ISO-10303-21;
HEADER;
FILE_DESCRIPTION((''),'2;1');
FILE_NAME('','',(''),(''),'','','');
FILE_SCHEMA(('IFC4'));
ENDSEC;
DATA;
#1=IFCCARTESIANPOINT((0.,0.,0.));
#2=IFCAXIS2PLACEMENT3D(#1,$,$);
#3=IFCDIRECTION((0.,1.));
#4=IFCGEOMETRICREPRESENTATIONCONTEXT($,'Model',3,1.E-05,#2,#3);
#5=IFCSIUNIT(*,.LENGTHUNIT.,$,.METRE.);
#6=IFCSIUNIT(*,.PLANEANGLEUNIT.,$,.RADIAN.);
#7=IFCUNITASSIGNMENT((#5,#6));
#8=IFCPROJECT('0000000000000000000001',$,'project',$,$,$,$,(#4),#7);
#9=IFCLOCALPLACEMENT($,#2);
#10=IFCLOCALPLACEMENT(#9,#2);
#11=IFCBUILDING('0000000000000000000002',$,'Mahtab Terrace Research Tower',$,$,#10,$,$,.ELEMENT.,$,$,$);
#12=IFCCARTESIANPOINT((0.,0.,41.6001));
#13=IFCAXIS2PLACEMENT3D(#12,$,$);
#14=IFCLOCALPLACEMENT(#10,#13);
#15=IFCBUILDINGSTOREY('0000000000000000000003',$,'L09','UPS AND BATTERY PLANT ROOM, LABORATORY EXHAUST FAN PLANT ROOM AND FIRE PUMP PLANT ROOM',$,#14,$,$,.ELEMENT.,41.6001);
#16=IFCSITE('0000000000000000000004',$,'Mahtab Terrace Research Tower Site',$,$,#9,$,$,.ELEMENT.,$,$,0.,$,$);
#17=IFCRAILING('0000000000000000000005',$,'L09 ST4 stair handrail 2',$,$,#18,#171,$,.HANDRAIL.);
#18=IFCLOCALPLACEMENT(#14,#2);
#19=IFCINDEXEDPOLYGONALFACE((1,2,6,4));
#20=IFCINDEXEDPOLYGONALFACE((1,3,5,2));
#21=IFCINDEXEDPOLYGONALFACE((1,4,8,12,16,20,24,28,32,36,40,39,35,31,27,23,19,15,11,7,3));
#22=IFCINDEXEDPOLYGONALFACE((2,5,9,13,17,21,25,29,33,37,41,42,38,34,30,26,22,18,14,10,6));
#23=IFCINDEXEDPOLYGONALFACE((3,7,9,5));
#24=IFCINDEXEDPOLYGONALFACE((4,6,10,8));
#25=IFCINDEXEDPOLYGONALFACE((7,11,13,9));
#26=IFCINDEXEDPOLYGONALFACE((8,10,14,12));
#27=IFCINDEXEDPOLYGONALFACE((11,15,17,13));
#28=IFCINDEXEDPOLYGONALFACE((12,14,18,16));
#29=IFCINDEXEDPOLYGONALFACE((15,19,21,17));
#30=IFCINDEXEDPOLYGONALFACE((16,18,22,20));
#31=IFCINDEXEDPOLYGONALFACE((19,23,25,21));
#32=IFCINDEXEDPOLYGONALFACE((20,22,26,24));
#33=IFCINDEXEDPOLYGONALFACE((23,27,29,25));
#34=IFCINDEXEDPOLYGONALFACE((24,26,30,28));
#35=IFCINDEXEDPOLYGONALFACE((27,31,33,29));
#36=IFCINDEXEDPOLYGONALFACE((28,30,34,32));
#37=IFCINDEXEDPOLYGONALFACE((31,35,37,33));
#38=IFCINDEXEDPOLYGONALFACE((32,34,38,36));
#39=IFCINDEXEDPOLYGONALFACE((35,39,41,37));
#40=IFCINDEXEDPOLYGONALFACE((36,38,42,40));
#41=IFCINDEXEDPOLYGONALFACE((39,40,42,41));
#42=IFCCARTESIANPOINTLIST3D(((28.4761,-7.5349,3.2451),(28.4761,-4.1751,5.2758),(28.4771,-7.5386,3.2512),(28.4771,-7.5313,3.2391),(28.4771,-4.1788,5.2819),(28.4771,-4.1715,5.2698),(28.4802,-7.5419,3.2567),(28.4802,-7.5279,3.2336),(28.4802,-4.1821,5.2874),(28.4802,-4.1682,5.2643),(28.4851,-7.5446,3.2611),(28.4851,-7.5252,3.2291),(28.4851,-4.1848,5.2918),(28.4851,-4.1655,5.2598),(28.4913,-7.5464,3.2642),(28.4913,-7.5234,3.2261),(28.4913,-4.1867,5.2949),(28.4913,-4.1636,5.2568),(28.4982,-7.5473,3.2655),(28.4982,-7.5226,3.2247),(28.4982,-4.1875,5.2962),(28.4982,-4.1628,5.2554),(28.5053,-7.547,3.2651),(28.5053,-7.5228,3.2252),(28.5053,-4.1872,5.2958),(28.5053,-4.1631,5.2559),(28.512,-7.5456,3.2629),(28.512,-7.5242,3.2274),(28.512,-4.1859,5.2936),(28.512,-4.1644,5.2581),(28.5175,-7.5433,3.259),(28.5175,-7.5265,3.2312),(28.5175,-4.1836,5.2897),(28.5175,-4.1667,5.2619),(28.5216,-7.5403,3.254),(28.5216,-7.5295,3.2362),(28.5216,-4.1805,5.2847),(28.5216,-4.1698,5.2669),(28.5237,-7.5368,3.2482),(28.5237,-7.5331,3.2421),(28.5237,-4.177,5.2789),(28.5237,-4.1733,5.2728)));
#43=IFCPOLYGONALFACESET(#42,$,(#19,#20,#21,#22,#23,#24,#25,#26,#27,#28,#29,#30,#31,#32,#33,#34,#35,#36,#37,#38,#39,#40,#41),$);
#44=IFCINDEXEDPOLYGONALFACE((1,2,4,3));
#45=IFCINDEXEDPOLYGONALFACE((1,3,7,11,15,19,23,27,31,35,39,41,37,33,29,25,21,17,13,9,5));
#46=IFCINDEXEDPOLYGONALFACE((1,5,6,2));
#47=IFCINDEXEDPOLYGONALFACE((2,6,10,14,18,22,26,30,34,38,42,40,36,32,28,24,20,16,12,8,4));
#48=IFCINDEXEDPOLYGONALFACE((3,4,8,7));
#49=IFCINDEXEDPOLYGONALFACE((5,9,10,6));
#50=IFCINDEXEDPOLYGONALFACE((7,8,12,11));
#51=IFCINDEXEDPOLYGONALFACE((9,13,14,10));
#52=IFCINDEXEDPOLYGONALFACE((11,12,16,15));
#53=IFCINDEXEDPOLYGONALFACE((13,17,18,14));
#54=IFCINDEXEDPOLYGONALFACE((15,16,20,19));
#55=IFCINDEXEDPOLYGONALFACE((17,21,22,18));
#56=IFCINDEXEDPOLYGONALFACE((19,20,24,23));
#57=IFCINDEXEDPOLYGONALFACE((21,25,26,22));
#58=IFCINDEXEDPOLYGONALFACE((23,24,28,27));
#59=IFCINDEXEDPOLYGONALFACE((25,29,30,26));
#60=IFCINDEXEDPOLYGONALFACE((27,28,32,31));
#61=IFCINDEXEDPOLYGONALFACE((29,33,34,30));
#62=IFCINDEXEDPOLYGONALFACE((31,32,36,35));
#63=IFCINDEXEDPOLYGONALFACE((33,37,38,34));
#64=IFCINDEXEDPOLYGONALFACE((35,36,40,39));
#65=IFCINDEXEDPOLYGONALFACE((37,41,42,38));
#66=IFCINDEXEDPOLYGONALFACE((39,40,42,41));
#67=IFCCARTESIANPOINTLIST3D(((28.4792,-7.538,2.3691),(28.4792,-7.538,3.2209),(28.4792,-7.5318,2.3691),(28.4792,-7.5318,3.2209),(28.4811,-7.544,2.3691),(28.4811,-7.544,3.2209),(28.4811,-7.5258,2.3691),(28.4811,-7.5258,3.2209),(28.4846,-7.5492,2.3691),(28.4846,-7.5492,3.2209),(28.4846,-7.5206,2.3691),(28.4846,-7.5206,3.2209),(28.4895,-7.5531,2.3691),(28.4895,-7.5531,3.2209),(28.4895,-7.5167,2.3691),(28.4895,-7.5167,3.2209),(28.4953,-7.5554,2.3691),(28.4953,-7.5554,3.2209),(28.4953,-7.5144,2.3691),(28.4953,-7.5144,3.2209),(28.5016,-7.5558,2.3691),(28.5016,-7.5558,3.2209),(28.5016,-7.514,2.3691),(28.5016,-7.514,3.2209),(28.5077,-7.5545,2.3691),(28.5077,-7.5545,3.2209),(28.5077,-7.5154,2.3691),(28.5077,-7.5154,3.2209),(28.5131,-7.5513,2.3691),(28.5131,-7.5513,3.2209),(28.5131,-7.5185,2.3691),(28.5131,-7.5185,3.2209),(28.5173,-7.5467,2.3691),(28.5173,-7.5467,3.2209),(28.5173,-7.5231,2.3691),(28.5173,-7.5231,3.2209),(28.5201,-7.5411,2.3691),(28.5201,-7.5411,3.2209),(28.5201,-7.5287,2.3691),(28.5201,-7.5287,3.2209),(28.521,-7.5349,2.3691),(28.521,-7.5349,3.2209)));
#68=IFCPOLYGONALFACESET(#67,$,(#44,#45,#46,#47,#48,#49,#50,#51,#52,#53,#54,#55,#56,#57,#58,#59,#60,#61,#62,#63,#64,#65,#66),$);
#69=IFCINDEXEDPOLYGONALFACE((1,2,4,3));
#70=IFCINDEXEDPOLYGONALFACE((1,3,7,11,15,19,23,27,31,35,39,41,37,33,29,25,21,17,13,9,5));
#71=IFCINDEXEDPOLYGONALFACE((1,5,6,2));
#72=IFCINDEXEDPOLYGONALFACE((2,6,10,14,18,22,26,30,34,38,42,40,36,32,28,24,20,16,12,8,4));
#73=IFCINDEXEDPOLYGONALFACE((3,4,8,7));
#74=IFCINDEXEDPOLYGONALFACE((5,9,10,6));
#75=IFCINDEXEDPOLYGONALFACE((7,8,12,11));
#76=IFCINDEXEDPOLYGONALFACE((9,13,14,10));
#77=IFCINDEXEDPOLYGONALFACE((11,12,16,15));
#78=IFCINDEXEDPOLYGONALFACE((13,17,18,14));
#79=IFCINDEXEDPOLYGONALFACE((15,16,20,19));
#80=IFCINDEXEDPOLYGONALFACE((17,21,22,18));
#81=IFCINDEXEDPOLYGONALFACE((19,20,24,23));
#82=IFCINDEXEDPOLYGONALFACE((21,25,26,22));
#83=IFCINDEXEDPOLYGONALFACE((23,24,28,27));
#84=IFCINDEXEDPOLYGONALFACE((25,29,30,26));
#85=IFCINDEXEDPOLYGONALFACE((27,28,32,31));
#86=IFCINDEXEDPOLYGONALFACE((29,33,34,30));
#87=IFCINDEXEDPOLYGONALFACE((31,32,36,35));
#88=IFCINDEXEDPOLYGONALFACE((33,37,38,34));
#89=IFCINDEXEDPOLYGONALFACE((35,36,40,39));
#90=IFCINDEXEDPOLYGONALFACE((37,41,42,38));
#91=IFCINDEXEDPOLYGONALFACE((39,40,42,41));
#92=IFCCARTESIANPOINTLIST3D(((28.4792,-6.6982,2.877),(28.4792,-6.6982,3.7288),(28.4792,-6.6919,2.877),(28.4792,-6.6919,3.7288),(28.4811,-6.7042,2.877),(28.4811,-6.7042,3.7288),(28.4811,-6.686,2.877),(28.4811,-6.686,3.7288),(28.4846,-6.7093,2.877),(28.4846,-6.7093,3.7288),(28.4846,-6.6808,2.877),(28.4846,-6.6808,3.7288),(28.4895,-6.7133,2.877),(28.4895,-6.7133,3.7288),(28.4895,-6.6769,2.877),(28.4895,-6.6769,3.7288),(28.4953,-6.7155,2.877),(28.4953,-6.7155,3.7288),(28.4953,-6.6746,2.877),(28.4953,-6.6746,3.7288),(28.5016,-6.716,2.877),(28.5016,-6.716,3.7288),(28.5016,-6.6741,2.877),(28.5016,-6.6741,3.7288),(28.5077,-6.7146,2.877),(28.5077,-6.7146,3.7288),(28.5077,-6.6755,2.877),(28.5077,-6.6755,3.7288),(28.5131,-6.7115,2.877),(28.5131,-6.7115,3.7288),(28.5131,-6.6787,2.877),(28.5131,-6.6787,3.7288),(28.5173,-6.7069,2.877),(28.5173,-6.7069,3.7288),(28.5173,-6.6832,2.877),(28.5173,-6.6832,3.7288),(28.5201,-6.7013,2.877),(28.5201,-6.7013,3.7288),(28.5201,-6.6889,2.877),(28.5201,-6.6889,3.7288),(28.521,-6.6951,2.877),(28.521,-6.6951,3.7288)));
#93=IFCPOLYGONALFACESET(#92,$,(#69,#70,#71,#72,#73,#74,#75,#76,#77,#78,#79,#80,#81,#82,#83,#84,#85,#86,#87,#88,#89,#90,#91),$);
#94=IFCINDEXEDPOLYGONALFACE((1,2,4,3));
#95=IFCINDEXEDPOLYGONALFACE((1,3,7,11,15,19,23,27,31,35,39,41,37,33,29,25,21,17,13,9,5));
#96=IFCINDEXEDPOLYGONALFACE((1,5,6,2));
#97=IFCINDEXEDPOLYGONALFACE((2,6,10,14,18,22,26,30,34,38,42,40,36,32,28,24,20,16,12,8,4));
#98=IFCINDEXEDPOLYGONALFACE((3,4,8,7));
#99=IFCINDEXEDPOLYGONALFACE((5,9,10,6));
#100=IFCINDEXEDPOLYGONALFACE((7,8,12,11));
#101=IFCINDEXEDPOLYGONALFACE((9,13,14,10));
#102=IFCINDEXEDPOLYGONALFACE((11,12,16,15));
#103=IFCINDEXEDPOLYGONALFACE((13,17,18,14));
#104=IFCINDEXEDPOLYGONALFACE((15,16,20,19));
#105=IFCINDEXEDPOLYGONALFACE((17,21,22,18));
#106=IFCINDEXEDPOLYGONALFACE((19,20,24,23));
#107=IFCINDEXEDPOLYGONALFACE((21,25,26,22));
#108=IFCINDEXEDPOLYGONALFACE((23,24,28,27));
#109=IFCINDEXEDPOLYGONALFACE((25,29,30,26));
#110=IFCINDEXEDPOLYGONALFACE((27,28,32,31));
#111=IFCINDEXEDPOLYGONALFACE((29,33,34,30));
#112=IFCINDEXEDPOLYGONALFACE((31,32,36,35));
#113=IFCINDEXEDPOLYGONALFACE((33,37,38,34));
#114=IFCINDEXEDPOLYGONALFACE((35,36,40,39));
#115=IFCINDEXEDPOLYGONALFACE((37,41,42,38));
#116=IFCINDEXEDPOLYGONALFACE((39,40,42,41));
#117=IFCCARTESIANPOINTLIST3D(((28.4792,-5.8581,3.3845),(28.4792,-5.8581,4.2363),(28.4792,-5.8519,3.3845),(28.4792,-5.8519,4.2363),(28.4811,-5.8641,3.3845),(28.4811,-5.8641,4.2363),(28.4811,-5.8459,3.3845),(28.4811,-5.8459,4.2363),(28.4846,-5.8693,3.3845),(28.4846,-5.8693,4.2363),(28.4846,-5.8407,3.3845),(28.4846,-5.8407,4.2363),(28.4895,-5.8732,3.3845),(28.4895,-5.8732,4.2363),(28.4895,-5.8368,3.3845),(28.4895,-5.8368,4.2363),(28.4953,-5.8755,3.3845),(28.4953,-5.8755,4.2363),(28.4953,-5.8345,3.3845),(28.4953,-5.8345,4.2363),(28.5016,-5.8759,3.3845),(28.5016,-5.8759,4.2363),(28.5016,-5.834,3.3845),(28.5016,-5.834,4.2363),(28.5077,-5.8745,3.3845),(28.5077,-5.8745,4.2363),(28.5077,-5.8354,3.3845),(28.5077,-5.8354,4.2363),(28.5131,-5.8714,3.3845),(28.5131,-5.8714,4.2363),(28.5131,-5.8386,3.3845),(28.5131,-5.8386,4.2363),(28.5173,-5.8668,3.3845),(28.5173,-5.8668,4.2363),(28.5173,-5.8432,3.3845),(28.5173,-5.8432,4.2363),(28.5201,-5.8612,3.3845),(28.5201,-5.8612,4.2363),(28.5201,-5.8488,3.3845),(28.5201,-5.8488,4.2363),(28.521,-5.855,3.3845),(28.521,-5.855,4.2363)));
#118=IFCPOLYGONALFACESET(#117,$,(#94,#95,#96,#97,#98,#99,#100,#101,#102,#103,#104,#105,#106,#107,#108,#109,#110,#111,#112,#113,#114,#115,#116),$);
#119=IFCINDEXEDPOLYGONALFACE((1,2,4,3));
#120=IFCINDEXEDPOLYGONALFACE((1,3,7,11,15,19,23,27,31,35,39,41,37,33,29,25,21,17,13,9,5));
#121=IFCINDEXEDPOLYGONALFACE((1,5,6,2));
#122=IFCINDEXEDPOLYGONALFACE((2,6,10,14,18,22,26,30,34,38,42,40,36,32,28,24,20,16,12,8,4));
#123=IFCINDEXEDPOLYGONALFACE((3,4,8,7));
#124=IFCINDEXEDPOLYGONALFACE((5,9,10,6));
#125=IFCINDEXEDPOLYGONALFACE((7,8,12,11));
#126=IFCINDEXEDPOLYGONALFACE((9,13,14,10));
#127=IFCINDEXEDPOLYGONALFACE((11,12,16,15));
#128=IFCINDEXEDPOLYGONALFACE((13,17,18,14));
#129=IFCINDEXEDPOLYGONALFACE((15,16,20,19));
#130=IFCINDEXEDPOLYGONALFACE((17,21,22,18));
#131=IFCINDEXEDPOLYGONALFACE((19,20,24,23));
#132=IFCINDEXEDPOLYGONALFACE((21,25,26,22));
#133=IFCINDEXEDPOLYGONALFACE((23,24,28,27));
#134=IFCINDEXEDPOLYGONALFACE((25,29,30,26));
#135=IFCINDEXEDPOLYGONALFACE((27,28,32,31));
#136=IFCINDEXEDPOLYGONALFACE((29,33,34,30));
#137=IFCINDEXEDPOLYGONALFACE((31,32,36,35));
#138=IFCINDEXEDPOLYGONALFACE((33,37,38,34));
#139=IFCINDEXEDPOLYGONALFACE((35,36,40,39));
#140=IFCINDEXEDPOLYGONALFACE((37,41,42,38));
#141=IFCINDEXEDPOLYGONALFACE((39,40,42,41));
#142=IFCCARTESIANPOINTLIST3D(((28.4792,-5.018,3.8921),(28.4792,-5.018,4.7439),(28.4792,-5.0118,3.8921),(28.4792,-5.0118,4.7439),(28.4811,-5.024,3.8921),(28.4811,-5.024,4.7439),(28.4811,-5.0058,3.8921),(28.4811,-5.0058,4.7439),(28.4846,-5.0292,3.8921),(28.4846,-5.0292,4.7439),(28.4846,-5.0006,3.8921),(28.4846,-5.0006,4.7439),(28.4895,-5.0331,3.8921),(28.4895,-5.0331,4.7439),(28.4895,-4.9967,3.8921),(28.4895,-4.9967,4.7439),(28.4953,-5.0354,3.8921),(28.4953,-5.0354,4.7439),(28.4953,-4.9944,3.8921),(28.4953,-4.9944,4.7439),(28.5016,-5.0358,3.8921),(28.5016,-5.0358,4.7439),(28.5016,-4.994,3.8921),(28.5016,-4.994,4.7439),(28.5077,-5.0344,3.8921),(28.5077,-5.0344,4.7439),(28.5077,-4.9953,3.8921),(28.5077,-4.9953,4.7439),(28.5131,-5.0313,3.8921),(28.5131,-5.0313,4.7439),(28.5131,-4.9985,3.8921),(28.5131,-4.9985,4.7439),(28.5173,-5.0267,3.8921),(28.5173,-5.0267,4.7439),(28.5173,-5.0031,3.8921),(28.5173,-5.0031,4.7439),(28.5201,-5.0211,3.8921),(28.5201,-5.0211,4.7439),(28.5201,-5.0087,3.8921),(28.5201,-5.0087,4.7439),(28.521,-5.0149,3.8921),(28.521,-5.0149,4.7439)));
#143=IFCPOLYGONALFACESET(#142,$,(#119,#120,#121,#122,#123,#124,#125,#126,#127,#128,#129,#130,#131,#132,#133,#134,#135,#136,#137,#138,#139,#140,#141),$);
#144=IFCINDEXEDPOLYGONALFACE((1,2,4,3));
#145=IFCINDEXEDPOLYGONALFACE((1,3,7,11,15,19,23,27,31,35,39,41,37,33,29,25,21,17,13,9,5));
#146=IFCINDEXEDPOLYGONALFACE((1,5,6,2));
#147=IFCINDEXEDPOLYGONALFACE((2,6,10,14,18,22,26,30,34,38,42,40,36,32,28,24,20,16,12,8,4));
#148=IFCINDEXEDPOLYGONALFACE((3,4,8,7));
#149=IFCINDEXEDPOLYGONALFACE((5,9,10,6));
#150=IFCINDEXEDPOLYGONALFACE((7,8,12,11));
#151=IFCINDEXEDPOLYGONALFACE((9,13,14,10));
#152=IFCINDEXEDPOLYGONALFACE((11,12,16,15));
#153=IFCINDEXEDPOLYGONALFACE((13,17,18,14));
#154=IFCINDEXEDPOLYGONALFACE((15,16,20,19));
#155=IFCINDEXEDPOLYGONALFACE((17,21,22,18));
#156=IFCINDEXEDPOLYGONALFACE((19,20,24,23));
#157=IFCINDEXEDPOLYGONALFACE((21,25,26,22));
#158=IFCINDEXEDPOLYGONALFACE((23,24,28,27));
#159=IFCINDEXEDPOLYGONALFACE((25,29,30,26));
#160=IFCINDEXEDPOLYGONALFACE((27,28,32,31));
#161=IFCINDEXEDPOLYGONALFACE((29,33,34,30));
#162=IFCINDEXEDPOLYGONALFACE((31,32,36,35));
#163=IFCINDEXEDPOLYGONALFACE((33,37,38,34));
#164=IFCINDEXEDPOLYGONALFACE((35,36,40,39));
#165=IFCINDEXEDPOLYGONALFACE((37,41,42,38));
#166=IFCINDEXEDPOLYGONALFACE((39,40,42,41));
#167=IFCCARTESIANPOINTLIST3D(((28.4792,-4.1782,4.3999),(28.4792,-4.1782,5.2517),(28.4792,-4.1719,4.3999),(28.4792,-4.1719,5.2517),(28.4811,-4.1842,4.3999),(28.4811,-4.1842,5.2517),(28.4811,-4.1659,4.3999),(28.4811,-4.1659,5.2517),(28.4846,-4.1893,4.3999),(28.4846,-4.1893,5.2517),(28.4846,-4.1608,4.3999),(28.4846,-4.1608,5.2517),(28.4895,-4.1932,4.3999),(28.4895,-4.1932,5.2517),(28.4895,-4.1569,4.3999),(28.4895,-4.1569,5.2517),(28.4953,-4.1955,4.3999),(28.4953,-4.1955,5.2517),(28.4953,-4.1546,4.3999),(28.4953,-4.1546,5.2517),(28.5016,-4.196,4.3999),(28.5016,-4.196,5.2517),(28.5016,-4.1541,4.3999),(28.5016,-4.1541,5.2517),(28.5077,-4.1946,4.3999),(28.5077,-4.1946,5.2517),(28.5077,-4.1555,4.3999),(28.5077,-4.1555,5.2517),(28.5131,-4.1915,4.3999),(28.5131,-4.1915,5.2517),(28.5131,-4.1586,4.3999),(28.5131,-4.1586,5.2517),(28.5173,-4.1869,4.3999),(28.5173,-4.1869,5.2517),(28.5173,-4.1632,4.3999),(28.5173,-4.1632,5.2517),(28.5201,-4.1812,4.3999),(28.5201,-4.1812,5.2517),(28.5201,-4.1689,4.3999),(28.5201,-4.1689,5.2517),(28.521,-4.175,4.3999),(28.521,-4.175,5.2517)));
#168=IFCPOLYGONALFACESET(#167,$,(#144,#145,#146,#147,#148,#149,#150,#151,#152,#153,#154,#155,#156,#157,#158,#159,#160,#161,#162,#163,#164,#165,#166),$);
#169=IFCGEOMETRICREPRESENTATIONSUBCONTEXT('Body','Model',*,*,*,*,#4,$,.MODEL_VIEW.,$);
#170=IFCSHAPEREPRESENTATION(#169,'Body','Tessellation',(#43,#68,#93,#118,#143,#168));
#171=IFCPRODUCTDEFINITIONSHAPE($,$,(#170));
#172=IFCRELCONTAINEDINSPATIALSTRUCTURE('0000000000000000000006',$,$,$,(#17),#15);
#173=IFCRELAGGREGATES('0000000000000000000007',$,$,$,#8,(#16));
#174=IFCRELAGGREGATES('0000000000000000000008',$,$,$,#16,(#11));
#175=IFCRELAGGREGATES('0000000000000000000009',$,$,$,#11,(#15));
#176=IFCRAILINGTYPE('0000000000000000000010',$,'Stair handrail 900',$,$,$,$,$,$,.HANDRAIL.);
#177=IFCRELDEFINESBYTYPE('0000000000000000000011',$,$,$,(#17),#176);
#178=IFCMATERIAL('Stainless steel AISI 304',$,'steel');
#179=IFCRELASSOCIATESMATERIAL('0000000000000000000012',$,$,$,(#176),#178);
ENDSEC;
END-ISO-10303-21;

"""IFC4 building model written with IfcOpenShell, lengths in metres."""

from ifc_helpers import new_model, si_unit, direction, frame, origin, origin_2d, place, context, subcontext, project, spatial, circle, extrude, material, type_object, element, save


model = new_model("IFC4")

# Units and contexts
model_context = context("Model", 3, precision=1e-05, world=origin(), true_north=direction((0.0, 1.0)))
body_context = subcontext(model_context, "Body", "Model", "MODEL_VIEW")
ifc_project = project(units=[si_unit("LENGTHUNIT", "METRE"), si_unit("PLANEANGLEUNIT", "RADIAN")], contexts=[model_context])

# Site, building, storey
site_placement = place(None, origin())
site = spatial("IfcSite", under=ifc_project, at=site_placement, Name="Mahtab Terrace Research Tower Site", CompositionType="ELEMENT", RefElevation=0.0)
building_placement = place(site_placement, origin())
building = spatial("IfcBuilding", under=site, at=building_placement, Name="Mahtab Terrace Research Tower", CompositionType="ELEMENT")
storey_placement = place(building_placement, frame((0.0, 0.0, 41.6001)))
storey = spatial("IfcBuildingStorey", under=building, at=storey_placement, Name="L09", Description="UPS AND BATTERY PLANT ROOM, LABORATORY EXHAUST FAN PLANT ROOM AND FIRE PUMP PLANT ROOM", CompositionType="ELEMENT", Elevation=41.6001)

# Railing
ifc_material_1 = material(Name="Stainless steel AISI 304", Category="steel")
railing_type_1 = type_object("IfcRailingType", Name="Stair handrail 900", PredefinedType="HANDRAIL", material=ifc_material_1)
railing_1_placement = place(storey_placement, frame((28.5, -7.5349, 2.3691)))
element("IfcRailing", 1, at=railing_1_placement, inside=storey, type_object=railing_type_1, Name="L09 ST4 stair handrail 2", PredefinedType="HANDRAIL", context=body_context, shape_type="SweptSolid", body=[
    extrude(circle(Radius=0.0239, at=origin_2d()), frame((0.0, 0.0, 0.876), z_axis=(0.0, 0.85582, 0.517273), x_axis=(-1.0, 0.0, 0.0)), (0.0, 0.0, 1.0), 3.9258),
    extrude(circle(Radius=0.021, at=origin_2d()), origin(), (0.0, 0.0, 1.0), 0.8518),
    extrude(circle(Radius=0.021, at=origin_2d()), frame((0.0, 0.8398, 0.5078)), (0.0, 0.0, 1.0), 0.8518),
    extrude(circle(Radius=0.021, at=origin_2d()), frame((0.0, 1.6799, 1.0154)), (0.0, 0.0, 1.0), 0.8518),
    extrude(circle(Radius=0.021, at=origin_2d()), frame((0.0, 2.52, 1.5229)), (0.0, 0.0, 1.0), 0.8518),
    extrude(circle(Radius=0.021, at=origin_2d()), frame((0.0, 3.3599, 2.0308)), (0.0, 0.0, 1.0), 0.8518),
])

save(model, "model.ifc")
